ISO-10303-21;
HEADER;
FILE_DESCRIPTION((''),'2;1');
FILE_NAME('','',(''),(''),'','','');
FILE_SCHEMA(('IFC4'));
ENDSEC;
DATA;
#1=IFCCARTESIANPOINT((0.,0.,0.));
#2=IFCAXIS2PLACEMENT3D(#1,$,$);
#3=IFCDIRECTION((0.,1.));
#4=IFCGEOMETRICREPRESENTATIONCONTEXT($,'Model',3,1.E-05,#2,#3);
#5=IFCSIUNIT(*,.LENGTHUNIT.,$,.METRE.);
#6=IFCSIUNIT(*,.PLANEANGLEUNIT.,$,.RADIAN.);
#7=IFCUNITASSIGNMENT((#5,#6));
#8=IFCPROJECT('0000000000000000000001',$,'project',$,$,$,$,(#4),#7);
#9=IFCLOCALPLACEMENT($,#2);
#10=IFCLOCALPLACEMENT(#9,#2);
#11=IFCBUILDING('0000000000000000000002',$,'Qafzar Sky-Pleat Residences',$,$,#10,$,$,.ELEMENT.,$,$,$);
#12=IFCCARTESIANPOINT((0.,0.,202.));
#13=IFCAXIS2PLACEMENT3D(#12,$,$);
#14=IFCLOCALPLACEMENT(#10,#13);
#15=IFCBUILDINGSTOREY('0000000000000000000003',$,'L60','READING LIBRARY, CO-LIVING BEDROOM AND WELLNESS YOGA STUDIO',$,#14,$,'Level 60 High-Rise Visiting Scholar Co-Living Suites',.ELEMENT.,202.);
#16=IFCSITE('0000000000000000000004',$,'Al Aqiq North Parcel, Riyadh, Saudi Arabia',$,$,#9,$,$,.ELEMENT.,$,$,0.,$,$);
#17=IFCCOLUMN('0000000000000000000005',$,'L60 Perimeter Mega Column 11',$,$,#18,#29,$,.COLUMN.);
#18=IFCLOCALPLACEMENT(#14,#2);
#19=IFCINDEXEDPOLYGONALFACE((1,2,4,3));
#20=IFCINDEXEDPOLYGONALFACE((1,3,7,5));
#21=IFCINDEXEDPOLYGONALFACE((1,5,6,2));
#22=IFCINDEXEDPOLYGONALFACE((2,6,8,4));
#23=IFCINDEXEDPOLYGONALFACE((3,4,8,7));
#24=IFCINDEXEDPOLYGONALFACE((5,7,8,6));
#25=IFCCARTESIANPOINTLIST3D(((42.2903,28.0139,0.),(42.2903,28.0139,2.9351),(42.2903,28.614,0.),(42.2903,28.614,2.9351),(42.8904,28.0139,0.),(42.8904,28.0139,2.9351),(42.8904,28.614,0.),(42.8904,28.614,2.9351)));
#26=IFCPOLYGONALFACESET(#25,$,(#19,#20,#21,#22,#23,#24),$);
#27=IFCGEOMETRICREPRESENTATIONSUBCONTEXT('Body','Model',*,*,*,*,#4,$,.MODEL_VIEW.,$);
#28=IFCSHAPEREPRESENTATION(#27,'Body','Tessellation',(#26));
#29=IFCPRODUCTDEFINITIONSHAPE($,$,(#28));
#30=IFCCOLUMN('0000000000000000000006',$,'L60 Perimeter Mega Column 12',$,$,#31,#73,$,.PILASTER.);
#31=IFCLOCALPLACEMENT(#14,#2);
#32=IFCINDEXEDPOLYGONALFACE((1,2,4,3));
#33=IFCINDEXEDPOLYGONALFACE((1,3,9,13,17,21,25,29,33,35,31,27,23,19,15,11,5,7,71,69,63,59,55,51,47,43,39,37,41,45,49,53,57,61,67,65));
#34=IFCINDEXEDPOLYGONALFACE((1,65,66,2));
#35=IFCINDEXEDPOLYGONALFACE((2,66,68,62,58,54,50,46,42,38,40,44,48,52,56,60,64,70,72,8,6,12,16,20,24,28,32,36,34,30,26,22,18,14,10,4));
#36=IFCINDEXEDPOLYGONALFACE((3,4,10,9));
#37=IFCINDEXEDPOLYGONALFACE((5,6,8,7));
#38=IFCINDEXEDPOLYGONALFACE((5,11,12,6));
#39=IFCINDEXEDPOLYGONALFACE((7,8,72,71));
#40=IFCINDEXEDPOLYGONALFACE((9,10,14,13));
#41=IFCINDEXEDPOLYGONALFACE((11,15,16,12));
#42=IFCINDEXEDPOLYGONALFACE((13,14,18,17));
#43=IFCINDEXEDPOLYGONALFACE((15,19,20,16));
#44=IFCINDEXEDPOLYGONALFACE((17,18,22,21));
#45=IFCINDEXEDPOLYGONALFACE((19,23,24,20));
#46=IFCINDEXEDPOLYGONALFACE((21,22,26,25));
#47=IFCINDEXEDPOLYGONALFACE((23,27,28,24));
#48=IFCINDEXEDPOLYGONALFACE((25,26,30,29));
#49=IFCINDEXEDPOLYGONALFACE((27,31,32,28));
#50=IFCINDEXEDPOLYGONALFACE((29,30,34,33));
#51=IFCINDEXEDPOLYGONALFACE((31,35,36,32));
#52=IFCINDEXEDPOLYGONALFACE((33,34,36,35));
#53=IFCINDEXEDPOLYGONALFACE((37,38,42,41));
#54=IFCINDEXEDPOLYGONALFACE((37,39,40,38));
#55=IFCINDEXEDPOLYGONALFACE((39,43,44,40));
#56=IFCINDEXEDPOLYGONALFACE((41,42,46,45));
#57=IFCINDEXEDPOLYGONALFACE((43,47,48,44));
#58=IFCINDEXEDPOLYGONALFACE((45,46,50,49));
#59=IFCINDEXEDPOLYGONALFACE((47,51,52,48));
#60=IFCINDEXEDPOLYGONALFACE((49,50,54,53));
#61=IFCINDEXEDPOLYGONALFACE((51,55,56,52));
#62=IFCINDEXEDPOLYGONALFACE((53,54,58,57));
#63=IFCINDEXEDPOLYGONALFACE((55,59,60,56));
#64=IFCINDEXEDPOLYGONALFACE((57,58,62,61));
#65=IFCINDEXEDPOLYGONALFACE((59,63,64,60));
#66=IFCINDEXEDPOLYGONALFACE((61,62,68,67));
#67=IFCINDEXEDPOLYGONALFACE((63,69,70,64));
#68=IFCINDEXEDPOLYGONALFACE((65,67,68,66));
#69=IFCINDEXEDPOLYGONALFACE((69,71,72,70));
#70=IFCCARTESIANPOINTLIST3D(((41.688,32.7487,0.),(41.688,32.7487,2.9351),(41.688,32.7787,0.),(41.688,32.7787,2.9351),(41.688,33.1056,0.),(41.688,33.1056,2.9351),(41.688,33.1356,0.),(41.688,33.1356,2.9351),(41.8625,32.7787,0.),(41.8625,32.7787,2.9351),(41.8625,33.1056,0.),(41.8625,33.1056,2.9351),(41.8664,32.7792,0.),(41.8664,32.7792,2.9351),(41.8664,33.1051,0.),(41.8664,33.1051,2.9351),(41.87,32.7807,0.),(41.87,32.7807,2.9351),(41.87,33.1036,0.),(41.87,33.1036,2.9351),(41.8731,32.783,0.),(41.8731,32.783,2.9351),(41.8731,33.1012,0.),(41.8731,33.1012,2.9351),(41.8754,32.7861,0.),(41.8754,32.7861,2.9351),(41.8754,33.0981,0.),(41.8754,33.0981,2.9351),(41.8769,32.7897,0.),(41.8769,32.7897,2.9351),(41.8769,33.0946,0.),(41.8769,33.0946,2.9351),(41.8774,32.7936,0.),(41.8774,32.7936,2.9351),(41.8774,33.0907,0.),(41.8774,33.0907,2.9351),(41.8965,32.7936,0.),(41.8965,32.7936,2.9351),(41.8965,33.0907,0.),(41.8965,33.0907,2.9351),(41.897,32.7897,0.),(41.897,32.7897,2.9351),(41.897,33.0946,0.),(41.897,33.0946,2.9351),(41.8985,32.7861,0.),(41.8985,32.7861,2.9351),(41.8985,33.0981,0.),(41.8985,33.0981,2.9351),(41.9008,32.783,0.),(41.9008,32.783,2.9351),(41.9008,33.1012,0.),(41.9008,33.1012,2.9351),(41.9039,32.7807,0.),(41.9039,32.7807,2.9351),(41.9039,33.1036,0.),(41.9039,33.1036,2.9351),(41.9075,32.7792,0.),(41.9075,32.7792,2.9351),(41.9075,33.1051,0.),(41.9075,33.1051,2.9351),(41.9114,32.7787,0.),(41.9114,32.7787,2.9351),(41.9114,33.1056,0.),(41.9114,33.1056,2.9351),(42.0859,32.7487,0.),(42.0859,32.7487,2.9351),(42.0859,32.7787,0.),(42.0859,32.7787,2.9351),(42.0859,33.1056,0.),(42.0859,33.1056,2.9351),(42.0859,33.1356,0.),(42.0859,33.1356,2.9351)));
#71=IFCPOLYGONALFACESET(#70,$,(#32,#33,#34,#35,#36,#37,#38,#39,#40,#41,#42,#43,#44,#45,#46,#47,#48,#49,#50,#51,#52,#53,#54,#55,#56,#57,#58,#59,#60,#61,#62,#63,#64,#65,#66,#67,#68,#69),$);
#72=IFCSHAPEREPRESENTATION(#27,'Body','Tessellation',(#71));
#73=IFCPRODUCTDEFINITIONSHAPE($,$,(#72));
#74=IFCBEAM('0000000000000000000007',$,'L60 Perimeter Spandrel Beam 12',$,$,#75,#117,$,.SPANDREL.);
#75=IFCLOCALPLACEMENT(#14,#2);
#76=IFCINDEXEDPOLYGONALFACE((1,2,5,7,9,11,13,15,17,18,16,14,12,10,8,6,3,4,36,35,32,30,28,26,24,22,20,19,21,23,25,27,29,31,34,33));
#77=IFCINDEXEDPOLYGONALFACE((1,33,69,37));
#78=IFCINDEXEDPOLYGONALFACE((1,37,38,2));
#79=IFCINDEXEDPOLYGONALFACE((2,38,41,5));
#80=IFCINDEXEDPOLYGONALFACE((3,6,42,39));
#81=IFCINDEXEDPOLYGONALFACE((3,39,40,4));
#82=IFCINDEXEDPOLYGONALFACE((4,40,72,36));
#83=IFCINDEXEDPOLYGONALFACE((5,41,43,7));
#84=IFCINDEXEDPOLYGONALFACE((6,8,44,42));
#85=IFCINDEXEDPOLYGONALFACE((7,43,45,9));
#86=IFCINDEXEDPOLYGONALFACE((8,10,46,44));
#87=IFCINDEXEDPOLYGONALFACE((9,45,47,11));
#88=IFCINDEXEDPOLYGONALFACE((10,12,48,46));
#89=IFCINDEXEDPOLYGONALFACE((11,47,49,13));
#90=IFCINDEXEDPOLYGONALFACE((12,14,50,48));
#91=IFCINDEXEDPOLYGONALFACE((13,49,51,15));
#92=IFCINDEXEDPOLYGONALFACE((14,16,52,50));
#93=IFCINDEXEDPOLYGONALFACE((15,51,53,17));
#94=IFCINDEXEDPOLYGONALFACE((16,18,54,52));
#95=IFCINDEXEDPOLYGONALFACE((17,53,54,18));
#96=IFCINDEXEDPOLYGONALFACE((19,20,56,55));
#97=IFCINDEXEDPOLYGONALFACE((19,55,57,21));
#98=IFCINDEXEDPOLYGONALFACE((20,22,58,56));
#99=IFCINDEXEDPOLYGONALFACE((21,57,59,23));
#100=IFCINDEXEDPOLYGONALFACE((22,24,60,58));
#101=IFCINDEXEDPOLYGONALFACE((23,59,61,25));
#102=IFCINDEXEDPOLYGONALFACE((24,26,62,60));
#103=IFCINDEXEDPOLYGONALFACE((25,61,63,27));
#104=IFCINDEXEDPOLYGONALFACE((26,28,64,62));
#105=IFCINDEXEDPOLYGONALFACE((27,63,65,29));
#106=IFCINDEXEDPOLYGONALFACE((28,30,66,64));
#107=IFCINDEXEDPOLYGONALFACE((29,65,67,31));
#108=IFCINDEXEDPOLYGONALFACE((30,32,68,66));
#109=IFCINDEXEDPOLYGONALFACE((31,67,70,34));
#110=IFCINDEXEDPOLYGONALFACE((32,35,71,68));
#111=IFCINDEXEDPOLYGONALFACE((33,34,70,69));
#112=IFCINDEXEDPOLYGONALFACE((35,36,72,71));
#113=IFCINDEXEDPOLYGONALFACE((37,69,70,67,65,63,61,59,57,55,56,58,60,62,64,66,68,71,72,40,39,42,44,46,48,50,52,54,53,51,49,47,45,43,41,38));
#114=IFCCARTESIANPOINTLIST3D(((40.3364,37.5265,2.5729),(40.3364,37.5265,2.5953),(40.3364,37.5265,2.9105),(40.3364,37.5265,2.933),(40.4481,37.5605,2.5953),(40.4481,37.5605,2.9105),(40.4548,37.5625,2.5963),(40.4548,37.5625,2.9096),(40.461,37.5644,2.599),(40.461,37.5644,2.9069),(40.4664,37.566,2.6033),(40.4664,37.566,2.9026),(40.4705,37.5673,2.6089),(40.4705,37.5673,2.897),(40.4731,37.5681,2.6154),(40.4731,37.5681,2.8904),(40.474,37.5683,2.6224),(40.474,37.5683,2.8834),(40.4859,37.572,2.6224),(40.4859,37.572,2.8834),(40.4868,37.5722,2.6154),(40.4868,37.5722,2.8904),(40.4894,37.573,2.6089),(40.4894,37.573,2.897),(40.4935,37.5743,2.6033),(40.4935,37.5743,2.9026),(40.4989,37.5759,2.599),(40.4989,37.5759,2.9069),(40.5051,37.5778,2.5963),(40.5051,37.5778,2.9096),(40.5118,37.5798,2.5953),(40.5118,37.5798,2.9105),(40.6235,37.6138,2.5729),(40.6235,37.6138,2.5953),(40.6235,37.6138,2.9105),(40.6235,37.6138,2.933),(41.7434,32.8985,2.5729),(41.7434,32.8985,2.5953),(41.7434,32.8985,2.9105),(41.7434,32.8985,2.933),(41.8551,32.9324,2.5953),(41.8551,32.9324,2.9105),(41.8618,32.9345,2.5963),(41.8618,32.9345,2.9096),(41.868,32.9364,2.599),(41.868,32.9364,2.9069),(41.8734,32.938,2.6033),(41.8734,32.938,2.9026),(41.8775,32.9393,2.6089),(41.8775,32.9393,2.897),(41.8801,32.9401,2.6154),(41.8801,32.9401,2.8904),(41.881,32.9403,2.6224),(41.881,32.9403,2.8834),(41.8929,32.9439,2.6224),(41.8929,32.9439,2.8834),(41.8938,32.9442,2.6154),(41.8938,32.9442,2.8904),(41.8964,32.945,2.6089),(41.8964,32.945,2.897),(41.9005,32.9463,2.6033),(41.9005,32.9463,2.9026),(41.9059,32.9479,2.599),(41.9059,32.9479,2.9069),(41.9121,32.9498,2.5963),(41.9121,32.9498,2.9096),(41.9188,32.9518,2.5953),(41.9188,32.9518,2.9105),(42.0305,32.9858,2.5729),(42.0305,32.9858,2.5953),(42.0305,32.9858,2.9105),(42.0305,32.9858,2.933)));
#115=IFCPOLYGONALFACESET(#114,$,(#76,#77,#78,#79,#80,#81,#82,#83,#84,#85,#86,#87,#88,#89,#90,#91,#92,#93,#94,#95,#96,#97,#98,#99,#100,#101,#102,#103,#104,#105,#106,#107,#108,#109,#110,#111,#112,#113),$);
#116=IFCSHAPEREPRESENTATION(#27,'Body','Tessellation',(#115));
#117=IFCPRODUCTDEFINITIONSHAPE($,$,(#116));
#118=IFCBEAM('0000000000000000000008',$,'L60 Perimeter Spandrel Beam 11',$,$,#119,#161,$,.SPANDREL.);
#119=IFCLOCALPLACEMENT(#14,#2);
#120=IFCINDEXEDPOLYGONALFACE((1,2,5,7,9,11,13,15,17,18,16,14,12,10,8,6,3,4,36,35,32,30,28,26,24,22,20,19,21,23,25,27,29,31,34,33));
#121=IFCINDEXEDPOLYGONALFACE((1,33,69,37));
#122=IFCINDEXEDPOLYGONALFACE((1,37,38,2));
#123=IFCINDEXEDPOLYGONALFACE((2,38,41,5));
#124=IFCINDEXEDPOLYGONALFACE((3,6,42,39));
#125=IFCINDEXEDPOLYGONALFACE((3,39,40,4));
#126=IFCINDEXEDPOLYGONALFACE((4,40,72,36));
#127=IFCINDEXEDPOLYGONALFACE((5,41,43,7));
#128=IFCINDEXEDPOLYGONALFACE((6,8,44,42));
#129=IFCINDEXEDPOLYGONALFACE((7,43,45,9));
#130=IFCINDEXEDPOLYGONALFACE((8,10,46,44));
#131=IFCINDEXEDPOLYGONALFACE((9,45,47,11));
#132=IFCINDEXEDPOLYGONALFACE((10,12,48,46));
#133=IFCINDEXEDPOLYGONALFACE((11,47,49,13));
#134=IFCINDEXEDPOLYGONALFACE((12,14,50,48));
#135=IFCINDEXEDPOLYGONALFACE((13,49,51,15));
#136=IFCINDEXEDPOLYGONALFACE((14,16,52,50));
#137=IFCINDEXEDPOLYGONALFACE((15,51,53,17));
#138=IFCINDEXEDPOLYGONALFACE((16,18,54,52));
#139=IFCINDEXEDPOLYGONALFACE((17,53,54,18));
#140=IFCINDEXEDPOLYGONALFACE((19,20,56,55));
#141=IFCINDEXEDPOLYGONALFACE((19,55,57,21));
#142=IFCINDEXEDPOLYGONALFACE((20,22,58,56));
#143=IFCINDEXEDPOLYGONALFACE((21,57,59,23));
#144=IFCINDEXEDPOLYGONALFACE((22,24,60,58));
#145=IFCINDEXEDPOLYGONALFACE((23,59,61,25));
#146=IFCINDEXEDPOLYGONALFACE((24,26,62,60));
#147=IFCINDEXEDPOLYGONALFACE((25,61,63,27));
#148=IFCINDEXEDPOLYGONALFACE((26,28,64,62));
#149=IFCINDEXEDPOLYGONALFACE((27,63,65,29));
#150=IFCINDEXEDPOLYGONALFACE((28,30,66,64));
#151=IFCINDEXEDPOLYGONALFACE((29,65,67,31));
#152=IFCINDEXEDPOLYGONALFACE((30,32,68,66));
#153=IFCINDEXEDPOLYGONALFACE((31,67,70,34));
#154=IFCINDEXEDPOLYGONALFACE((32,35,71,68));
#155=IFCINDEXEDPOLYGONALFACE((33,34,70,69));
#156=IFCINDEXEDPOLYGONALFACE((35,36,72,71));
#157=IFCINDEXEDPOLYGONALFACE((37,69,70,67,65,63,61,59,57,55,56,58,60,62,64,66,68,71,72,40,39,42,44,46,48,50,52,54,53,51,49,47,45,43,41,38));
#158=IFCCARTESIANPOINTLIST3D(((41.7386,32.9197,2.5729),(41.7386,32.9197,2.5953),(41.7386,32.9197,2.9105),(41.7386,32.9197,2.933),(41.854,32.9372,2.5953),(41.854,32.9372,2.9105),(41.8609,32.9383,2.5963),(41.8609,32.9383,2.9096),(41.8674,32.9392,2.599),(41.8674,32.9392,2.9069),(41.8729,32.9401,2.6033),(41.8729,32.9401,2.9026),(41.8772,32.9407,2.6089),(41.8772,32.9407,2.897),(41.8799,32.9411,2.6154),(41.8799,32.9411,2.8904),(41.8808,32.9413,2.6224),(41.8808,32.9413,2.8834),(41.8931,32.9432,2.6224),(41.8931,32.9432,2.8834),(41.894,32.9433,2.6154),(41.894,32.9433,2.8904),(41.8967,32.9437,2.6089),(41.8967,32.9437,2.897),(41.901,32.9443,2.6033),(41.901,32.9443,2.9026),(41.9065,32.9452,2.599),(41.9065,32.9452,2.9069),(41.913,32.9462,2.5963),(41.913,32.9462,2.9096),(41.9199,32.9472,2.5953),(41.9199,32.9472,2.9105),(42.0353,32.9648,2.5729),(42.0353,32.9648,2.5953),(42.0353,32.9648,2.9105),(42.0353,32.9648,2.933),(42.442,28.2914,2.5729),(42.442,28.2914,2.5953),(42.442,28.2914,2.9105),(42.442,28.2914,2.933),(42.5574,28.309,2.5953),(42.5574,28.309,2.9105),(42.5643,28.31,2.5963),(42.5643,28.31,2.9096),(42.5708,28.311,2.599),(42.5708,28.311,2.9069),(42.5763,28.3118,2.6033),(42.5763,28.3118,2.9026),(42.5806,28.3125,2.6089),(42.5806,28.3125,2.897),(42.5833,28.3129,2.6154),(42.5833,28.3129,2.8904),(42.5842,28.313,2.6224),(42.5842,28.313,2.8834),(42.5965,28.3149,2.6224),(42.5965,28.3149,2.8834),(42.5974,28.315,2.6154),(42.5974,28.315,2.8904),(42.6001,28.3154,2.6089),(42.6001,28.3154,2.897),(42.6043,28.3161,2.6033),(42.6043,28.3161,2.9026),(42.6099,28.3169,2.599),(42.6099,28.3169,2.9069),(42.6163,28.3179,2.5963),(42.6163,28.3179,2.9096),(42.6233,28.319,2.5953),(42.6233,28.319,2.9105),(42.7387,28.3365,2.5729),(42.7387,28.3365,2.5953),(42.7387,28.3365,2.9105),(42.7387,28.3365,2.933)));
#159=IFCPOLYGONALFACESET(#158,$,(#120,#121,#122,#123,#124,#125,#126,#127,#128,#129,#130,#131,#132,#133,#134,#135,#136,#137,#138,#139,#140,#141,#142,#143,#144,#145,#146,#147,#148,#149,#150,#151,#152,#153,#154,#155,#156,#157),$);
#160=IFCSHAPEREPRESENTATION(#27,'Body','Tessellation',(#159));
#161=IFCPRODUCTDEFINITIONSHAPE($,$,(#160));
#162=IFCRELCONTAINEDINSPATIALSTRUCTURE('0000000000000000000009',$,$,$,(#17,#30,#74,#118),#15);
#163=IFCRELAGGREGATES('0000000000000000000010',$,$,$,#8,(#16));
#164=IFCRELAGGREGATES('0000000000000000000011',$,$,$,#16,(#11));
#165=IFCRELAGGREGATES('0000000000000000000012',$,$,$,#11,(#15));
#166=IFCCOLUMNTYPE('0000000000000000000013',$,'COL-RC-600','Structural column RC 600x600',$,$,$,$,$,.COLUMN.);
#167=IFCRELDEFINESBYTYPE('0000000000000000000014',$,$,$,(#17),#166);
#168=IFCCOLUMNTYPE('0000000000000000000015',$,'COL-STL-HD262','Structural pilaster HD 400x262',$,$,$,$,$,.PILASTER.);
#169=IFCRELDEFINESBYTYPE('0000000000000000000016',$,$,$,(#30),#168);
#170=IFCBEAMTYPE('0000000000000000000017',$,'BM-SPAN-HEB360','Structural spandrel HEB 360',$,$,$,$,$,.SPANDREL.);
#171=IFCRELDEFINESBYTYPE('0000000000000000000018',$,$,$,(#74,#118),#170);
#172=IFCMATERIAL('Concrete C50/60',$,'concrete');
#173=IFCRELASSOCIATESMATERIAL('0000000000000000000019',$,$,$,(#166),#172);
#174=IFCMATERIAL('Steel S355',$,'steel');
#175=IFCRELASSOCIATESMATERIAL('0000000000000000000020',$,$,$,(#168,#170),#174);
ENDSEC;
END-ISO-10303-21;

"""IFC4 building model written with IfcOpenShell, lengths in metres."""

from ifc_helpers import new_model, si_unit, direction, frame, origin, origin_2d, place, context, subcontext, project, spatial, rectangle, i_section, extrude, source, transform, mapped, material, material_profile, profile_set, type_object, element, save


model = new_model("IFC4")

# Units and contexts
model_context = context("Model", 3, precision=1e-05, world=origin(), true_north=direction((0.0, 1.0)))
body_context = subcontext(model_context, "Body", "Model", "MODEL_VIEW")
ifc_project = project(units=[si_unit("LENGTHUNIT", "METRE"), si_unit("PLANEANGLEUNIT", "RADIAN")], contexts=[model_context])

# Site, building, storey
site_placement = place(None, origin())
site = spatial("IfcSite", under=ifc_project, at=site_placement, Name="Al Aqiq North Parcel, Riyadh, Saudi Arabia", CompositionType="ELEMENT", RefElevation=0.0)
building_placement = place(site_placement, origin())
building = spatial("IfcBuilding", under=site, at=building_placement, Name="Qafzar Sky-Pleat Residences", CompositionType="ELEMENT")
storey_placement = place(building_placement, frame((0.0, 0.0, 202.0)))
storey = spatial("IfcBuildingStorey", under=building, at=storey_placement, Name="L60", Description="READING LIBRARY, CO-LIVING BEDROOM AND WELLNESS YOGA STUDIO", LongName="Level 60 High-Rise Visiting Scholar Co-Living Suites", CompositionType="ELEMENT", Elevation=202.0)

# Columns
ifc_material_1 = material(Name="Concrete C50/60", Category="concrete")
ifc_material_profile_1 = material_profile(ifc_material_1, rectangle(XDim=0.6001, YDim=0.6001, at=origin_2d()), Name="RC 600x600")
ifc_profile_set_1 = profile_set([ifc_material_profile_1], Name="Concrete C50/60")
column_type_1 = type_object("IfcColumnType", Name="COL-RC-600", Description="Structural column RC 600x600", PredefinedType="COLUMN", material=ifc_profile_set_1)
shared_shape_1 = source(origin(), body_context, "Body", "SweptSolid", [
    extrude(rectangle(XDim=0.6001, YDim=0.6001, at=origin_2d()), origin(), (0.0, 0.0, 1.0), 2.9351),
])
column_1_placement = place(storey_placement, frame((42.5903, 28.314, 0.0), z_axis=(0.0, 0.0, 1.0), x_axis=(1.0, 0.0, 0.0)))
element("IfcColumn", 1, at=column_1_placement, inside=storey, type_object=column_type_1, Name="L60 Perimeter Mega Column 11", PredefinedType="COLUMN", context=body_context, shape_type="MappedRepresentation", body=[
    mapped(shared_shape_1, transform((0.0, 0.0, 0.0), x_axis=(1.0, 0.0, 0.0), y_axis=(0.0, 1.0, 0.0), z_axis=(0.0, 0.0, 1.0), scale=1.0)),
])
ifc_material_2 = material(Name="Steel S355", Category="steel")
ifc_material_profile_2 = material_profile(ifc_material_2, i_section(OverallWidth=0.3979, OverallDepth=0.387, WebThickness=0.019, FlangeThickness=0.03, FilletRadius=0.0149, at=origin_2d()), Name="HD 400x262")
ifc_profile_set_2 = profile_set([ifc_material_profile_2], Name="Steel S355")
column_type_2 = type_object("IfcColumnType", Name="COL-STL-HD262", Description="Structural pilaster HD 400x262", PredefinedType="PILASTER", material=ifc_profile_set_2)
shared_shape_2 = source(origin(), body_context, "Body", "SweptSolid", [
    extrude(i_section(OverallWidth=0.3979, OverallDepth=0.387, WebThickness=0.019, FlangeThickness=0.03, FilletRadius=0.0149, at=origin_2d()), origin(), (0.0, 0.0, 1.0), 2.9351),
])
column_2_placement = place(storey_placement, frame((41.887, 32.9421, 0.0), z_axis=(0.0, 0.0, 1.0), x_axis=(1.0, 0.0, 0.0)))
element("IfcColumn", 2, at=column_2_placement, inside=storey, type_object=column_type_2, Name="L60 Perimeter Mega Column 12", PredefinedType="PILASTER", context=body_context, shape_type="MappedRepresentation", body=[
    mapped(shared_shape_2, transform((0.0, 0.0, 0.0), x_axis=(1.0, 0.0, 0.0), y_axis=(0.0, 1.0, 0.0), z_axis=(0.0, 0.0, 1.0), scale=1.0)),
])

# Beams
ifc_material_profile_3 = material_profile(ifc_material_2, i_section(OverallWidth=0.3, OverallDepth=0.3601, WebThickness=0.0125, FlangeThickness=0.0225, FilletRadius=0.0271, at=origin_2d()), Name="HEB 360")
ifc_profile_set_3 = profile_set([ifc_material_profile_3], Name="Steel S355")
beam_type_1 = type_object("IfcBeamType", Name="BM-SPAN-HEB360", Description="Structural spandrel HEB 360", PredefinedType="SPANDREL", material=ifc_profile_set_3)
shared_shape_3 = source(origin(), body_context, "Body", "SweptSolid", [
    extrude(i_section(OverallWidth=0.3, OverallDepth=0.3601, WebThickness=0.0125, FlangeThickness=0.0225, FilletRadius=0.0271, at=origin_2d()), origin(), (0.0, 0.0, 1.0), 4.8372),
])
beam_1_placement = place(storey_placement, frame((41.887, 32.9421, 2.7529), z_axis=(-0.290874, 0.956761, 0.0), x_axis=(-0.956761, -0.290874, 0.0)))
element("IfcBeam", 3, at=beam_1_placement, inside=storey, type_object=beam_type_1, Name="L60 Perimeter Spandrel Beam 12", PredefinedType="SPANDREL", context=body_context, shape_type="MappedRepresentation", body=[
    mapped(shared_shape_3, transform((0.0, 0.0, 0.0), x_axis=(1.0, 0.0, 0.0), y_axis=(0.0, 1.0, 0.0), z_axis=(0.0, 0.0, 1.0), scale=1.0)),
])
shared_shape_4 = source(origin(), body_context, "Body", "SweptSolid", [
    extrude(i_section(OverallWidth=0.3, OverallDepth=0.3601, WebThickness=0.0125, FlangeThickness=0.0225, FilletRadius=0.0271, at=origin_2d()), origin(), (0.0, 0.0, 1.0), 4.6814),
])
beam_2_placement = place(storey_placement, frame((42.5903, 28.314, 2.7529), z_axis=(-0.15025, 0.988648, 0.0), x_axis=(-0.988648, -0.15025, 0.0)))
element("IfcBeam", 4, at=beam_2_placement, inside=storey, type_object=beam_type_1, Name="L60 Perimeter Spandrel Beam 11", PredefinedType="SPANDREL", context=body_context, shape_type="MappedRepresentation", body=[
    mapped(shared_shape_4, transform((0.0, 0.0, 0.0), x_axis=(1.0, 0.0, 0.0), y_axis=(0.0, 1.0, 0.0), z_axis=(0.0, 0.0, 1.0), scale=1.0)),
])

save(model, "model.ifc")
